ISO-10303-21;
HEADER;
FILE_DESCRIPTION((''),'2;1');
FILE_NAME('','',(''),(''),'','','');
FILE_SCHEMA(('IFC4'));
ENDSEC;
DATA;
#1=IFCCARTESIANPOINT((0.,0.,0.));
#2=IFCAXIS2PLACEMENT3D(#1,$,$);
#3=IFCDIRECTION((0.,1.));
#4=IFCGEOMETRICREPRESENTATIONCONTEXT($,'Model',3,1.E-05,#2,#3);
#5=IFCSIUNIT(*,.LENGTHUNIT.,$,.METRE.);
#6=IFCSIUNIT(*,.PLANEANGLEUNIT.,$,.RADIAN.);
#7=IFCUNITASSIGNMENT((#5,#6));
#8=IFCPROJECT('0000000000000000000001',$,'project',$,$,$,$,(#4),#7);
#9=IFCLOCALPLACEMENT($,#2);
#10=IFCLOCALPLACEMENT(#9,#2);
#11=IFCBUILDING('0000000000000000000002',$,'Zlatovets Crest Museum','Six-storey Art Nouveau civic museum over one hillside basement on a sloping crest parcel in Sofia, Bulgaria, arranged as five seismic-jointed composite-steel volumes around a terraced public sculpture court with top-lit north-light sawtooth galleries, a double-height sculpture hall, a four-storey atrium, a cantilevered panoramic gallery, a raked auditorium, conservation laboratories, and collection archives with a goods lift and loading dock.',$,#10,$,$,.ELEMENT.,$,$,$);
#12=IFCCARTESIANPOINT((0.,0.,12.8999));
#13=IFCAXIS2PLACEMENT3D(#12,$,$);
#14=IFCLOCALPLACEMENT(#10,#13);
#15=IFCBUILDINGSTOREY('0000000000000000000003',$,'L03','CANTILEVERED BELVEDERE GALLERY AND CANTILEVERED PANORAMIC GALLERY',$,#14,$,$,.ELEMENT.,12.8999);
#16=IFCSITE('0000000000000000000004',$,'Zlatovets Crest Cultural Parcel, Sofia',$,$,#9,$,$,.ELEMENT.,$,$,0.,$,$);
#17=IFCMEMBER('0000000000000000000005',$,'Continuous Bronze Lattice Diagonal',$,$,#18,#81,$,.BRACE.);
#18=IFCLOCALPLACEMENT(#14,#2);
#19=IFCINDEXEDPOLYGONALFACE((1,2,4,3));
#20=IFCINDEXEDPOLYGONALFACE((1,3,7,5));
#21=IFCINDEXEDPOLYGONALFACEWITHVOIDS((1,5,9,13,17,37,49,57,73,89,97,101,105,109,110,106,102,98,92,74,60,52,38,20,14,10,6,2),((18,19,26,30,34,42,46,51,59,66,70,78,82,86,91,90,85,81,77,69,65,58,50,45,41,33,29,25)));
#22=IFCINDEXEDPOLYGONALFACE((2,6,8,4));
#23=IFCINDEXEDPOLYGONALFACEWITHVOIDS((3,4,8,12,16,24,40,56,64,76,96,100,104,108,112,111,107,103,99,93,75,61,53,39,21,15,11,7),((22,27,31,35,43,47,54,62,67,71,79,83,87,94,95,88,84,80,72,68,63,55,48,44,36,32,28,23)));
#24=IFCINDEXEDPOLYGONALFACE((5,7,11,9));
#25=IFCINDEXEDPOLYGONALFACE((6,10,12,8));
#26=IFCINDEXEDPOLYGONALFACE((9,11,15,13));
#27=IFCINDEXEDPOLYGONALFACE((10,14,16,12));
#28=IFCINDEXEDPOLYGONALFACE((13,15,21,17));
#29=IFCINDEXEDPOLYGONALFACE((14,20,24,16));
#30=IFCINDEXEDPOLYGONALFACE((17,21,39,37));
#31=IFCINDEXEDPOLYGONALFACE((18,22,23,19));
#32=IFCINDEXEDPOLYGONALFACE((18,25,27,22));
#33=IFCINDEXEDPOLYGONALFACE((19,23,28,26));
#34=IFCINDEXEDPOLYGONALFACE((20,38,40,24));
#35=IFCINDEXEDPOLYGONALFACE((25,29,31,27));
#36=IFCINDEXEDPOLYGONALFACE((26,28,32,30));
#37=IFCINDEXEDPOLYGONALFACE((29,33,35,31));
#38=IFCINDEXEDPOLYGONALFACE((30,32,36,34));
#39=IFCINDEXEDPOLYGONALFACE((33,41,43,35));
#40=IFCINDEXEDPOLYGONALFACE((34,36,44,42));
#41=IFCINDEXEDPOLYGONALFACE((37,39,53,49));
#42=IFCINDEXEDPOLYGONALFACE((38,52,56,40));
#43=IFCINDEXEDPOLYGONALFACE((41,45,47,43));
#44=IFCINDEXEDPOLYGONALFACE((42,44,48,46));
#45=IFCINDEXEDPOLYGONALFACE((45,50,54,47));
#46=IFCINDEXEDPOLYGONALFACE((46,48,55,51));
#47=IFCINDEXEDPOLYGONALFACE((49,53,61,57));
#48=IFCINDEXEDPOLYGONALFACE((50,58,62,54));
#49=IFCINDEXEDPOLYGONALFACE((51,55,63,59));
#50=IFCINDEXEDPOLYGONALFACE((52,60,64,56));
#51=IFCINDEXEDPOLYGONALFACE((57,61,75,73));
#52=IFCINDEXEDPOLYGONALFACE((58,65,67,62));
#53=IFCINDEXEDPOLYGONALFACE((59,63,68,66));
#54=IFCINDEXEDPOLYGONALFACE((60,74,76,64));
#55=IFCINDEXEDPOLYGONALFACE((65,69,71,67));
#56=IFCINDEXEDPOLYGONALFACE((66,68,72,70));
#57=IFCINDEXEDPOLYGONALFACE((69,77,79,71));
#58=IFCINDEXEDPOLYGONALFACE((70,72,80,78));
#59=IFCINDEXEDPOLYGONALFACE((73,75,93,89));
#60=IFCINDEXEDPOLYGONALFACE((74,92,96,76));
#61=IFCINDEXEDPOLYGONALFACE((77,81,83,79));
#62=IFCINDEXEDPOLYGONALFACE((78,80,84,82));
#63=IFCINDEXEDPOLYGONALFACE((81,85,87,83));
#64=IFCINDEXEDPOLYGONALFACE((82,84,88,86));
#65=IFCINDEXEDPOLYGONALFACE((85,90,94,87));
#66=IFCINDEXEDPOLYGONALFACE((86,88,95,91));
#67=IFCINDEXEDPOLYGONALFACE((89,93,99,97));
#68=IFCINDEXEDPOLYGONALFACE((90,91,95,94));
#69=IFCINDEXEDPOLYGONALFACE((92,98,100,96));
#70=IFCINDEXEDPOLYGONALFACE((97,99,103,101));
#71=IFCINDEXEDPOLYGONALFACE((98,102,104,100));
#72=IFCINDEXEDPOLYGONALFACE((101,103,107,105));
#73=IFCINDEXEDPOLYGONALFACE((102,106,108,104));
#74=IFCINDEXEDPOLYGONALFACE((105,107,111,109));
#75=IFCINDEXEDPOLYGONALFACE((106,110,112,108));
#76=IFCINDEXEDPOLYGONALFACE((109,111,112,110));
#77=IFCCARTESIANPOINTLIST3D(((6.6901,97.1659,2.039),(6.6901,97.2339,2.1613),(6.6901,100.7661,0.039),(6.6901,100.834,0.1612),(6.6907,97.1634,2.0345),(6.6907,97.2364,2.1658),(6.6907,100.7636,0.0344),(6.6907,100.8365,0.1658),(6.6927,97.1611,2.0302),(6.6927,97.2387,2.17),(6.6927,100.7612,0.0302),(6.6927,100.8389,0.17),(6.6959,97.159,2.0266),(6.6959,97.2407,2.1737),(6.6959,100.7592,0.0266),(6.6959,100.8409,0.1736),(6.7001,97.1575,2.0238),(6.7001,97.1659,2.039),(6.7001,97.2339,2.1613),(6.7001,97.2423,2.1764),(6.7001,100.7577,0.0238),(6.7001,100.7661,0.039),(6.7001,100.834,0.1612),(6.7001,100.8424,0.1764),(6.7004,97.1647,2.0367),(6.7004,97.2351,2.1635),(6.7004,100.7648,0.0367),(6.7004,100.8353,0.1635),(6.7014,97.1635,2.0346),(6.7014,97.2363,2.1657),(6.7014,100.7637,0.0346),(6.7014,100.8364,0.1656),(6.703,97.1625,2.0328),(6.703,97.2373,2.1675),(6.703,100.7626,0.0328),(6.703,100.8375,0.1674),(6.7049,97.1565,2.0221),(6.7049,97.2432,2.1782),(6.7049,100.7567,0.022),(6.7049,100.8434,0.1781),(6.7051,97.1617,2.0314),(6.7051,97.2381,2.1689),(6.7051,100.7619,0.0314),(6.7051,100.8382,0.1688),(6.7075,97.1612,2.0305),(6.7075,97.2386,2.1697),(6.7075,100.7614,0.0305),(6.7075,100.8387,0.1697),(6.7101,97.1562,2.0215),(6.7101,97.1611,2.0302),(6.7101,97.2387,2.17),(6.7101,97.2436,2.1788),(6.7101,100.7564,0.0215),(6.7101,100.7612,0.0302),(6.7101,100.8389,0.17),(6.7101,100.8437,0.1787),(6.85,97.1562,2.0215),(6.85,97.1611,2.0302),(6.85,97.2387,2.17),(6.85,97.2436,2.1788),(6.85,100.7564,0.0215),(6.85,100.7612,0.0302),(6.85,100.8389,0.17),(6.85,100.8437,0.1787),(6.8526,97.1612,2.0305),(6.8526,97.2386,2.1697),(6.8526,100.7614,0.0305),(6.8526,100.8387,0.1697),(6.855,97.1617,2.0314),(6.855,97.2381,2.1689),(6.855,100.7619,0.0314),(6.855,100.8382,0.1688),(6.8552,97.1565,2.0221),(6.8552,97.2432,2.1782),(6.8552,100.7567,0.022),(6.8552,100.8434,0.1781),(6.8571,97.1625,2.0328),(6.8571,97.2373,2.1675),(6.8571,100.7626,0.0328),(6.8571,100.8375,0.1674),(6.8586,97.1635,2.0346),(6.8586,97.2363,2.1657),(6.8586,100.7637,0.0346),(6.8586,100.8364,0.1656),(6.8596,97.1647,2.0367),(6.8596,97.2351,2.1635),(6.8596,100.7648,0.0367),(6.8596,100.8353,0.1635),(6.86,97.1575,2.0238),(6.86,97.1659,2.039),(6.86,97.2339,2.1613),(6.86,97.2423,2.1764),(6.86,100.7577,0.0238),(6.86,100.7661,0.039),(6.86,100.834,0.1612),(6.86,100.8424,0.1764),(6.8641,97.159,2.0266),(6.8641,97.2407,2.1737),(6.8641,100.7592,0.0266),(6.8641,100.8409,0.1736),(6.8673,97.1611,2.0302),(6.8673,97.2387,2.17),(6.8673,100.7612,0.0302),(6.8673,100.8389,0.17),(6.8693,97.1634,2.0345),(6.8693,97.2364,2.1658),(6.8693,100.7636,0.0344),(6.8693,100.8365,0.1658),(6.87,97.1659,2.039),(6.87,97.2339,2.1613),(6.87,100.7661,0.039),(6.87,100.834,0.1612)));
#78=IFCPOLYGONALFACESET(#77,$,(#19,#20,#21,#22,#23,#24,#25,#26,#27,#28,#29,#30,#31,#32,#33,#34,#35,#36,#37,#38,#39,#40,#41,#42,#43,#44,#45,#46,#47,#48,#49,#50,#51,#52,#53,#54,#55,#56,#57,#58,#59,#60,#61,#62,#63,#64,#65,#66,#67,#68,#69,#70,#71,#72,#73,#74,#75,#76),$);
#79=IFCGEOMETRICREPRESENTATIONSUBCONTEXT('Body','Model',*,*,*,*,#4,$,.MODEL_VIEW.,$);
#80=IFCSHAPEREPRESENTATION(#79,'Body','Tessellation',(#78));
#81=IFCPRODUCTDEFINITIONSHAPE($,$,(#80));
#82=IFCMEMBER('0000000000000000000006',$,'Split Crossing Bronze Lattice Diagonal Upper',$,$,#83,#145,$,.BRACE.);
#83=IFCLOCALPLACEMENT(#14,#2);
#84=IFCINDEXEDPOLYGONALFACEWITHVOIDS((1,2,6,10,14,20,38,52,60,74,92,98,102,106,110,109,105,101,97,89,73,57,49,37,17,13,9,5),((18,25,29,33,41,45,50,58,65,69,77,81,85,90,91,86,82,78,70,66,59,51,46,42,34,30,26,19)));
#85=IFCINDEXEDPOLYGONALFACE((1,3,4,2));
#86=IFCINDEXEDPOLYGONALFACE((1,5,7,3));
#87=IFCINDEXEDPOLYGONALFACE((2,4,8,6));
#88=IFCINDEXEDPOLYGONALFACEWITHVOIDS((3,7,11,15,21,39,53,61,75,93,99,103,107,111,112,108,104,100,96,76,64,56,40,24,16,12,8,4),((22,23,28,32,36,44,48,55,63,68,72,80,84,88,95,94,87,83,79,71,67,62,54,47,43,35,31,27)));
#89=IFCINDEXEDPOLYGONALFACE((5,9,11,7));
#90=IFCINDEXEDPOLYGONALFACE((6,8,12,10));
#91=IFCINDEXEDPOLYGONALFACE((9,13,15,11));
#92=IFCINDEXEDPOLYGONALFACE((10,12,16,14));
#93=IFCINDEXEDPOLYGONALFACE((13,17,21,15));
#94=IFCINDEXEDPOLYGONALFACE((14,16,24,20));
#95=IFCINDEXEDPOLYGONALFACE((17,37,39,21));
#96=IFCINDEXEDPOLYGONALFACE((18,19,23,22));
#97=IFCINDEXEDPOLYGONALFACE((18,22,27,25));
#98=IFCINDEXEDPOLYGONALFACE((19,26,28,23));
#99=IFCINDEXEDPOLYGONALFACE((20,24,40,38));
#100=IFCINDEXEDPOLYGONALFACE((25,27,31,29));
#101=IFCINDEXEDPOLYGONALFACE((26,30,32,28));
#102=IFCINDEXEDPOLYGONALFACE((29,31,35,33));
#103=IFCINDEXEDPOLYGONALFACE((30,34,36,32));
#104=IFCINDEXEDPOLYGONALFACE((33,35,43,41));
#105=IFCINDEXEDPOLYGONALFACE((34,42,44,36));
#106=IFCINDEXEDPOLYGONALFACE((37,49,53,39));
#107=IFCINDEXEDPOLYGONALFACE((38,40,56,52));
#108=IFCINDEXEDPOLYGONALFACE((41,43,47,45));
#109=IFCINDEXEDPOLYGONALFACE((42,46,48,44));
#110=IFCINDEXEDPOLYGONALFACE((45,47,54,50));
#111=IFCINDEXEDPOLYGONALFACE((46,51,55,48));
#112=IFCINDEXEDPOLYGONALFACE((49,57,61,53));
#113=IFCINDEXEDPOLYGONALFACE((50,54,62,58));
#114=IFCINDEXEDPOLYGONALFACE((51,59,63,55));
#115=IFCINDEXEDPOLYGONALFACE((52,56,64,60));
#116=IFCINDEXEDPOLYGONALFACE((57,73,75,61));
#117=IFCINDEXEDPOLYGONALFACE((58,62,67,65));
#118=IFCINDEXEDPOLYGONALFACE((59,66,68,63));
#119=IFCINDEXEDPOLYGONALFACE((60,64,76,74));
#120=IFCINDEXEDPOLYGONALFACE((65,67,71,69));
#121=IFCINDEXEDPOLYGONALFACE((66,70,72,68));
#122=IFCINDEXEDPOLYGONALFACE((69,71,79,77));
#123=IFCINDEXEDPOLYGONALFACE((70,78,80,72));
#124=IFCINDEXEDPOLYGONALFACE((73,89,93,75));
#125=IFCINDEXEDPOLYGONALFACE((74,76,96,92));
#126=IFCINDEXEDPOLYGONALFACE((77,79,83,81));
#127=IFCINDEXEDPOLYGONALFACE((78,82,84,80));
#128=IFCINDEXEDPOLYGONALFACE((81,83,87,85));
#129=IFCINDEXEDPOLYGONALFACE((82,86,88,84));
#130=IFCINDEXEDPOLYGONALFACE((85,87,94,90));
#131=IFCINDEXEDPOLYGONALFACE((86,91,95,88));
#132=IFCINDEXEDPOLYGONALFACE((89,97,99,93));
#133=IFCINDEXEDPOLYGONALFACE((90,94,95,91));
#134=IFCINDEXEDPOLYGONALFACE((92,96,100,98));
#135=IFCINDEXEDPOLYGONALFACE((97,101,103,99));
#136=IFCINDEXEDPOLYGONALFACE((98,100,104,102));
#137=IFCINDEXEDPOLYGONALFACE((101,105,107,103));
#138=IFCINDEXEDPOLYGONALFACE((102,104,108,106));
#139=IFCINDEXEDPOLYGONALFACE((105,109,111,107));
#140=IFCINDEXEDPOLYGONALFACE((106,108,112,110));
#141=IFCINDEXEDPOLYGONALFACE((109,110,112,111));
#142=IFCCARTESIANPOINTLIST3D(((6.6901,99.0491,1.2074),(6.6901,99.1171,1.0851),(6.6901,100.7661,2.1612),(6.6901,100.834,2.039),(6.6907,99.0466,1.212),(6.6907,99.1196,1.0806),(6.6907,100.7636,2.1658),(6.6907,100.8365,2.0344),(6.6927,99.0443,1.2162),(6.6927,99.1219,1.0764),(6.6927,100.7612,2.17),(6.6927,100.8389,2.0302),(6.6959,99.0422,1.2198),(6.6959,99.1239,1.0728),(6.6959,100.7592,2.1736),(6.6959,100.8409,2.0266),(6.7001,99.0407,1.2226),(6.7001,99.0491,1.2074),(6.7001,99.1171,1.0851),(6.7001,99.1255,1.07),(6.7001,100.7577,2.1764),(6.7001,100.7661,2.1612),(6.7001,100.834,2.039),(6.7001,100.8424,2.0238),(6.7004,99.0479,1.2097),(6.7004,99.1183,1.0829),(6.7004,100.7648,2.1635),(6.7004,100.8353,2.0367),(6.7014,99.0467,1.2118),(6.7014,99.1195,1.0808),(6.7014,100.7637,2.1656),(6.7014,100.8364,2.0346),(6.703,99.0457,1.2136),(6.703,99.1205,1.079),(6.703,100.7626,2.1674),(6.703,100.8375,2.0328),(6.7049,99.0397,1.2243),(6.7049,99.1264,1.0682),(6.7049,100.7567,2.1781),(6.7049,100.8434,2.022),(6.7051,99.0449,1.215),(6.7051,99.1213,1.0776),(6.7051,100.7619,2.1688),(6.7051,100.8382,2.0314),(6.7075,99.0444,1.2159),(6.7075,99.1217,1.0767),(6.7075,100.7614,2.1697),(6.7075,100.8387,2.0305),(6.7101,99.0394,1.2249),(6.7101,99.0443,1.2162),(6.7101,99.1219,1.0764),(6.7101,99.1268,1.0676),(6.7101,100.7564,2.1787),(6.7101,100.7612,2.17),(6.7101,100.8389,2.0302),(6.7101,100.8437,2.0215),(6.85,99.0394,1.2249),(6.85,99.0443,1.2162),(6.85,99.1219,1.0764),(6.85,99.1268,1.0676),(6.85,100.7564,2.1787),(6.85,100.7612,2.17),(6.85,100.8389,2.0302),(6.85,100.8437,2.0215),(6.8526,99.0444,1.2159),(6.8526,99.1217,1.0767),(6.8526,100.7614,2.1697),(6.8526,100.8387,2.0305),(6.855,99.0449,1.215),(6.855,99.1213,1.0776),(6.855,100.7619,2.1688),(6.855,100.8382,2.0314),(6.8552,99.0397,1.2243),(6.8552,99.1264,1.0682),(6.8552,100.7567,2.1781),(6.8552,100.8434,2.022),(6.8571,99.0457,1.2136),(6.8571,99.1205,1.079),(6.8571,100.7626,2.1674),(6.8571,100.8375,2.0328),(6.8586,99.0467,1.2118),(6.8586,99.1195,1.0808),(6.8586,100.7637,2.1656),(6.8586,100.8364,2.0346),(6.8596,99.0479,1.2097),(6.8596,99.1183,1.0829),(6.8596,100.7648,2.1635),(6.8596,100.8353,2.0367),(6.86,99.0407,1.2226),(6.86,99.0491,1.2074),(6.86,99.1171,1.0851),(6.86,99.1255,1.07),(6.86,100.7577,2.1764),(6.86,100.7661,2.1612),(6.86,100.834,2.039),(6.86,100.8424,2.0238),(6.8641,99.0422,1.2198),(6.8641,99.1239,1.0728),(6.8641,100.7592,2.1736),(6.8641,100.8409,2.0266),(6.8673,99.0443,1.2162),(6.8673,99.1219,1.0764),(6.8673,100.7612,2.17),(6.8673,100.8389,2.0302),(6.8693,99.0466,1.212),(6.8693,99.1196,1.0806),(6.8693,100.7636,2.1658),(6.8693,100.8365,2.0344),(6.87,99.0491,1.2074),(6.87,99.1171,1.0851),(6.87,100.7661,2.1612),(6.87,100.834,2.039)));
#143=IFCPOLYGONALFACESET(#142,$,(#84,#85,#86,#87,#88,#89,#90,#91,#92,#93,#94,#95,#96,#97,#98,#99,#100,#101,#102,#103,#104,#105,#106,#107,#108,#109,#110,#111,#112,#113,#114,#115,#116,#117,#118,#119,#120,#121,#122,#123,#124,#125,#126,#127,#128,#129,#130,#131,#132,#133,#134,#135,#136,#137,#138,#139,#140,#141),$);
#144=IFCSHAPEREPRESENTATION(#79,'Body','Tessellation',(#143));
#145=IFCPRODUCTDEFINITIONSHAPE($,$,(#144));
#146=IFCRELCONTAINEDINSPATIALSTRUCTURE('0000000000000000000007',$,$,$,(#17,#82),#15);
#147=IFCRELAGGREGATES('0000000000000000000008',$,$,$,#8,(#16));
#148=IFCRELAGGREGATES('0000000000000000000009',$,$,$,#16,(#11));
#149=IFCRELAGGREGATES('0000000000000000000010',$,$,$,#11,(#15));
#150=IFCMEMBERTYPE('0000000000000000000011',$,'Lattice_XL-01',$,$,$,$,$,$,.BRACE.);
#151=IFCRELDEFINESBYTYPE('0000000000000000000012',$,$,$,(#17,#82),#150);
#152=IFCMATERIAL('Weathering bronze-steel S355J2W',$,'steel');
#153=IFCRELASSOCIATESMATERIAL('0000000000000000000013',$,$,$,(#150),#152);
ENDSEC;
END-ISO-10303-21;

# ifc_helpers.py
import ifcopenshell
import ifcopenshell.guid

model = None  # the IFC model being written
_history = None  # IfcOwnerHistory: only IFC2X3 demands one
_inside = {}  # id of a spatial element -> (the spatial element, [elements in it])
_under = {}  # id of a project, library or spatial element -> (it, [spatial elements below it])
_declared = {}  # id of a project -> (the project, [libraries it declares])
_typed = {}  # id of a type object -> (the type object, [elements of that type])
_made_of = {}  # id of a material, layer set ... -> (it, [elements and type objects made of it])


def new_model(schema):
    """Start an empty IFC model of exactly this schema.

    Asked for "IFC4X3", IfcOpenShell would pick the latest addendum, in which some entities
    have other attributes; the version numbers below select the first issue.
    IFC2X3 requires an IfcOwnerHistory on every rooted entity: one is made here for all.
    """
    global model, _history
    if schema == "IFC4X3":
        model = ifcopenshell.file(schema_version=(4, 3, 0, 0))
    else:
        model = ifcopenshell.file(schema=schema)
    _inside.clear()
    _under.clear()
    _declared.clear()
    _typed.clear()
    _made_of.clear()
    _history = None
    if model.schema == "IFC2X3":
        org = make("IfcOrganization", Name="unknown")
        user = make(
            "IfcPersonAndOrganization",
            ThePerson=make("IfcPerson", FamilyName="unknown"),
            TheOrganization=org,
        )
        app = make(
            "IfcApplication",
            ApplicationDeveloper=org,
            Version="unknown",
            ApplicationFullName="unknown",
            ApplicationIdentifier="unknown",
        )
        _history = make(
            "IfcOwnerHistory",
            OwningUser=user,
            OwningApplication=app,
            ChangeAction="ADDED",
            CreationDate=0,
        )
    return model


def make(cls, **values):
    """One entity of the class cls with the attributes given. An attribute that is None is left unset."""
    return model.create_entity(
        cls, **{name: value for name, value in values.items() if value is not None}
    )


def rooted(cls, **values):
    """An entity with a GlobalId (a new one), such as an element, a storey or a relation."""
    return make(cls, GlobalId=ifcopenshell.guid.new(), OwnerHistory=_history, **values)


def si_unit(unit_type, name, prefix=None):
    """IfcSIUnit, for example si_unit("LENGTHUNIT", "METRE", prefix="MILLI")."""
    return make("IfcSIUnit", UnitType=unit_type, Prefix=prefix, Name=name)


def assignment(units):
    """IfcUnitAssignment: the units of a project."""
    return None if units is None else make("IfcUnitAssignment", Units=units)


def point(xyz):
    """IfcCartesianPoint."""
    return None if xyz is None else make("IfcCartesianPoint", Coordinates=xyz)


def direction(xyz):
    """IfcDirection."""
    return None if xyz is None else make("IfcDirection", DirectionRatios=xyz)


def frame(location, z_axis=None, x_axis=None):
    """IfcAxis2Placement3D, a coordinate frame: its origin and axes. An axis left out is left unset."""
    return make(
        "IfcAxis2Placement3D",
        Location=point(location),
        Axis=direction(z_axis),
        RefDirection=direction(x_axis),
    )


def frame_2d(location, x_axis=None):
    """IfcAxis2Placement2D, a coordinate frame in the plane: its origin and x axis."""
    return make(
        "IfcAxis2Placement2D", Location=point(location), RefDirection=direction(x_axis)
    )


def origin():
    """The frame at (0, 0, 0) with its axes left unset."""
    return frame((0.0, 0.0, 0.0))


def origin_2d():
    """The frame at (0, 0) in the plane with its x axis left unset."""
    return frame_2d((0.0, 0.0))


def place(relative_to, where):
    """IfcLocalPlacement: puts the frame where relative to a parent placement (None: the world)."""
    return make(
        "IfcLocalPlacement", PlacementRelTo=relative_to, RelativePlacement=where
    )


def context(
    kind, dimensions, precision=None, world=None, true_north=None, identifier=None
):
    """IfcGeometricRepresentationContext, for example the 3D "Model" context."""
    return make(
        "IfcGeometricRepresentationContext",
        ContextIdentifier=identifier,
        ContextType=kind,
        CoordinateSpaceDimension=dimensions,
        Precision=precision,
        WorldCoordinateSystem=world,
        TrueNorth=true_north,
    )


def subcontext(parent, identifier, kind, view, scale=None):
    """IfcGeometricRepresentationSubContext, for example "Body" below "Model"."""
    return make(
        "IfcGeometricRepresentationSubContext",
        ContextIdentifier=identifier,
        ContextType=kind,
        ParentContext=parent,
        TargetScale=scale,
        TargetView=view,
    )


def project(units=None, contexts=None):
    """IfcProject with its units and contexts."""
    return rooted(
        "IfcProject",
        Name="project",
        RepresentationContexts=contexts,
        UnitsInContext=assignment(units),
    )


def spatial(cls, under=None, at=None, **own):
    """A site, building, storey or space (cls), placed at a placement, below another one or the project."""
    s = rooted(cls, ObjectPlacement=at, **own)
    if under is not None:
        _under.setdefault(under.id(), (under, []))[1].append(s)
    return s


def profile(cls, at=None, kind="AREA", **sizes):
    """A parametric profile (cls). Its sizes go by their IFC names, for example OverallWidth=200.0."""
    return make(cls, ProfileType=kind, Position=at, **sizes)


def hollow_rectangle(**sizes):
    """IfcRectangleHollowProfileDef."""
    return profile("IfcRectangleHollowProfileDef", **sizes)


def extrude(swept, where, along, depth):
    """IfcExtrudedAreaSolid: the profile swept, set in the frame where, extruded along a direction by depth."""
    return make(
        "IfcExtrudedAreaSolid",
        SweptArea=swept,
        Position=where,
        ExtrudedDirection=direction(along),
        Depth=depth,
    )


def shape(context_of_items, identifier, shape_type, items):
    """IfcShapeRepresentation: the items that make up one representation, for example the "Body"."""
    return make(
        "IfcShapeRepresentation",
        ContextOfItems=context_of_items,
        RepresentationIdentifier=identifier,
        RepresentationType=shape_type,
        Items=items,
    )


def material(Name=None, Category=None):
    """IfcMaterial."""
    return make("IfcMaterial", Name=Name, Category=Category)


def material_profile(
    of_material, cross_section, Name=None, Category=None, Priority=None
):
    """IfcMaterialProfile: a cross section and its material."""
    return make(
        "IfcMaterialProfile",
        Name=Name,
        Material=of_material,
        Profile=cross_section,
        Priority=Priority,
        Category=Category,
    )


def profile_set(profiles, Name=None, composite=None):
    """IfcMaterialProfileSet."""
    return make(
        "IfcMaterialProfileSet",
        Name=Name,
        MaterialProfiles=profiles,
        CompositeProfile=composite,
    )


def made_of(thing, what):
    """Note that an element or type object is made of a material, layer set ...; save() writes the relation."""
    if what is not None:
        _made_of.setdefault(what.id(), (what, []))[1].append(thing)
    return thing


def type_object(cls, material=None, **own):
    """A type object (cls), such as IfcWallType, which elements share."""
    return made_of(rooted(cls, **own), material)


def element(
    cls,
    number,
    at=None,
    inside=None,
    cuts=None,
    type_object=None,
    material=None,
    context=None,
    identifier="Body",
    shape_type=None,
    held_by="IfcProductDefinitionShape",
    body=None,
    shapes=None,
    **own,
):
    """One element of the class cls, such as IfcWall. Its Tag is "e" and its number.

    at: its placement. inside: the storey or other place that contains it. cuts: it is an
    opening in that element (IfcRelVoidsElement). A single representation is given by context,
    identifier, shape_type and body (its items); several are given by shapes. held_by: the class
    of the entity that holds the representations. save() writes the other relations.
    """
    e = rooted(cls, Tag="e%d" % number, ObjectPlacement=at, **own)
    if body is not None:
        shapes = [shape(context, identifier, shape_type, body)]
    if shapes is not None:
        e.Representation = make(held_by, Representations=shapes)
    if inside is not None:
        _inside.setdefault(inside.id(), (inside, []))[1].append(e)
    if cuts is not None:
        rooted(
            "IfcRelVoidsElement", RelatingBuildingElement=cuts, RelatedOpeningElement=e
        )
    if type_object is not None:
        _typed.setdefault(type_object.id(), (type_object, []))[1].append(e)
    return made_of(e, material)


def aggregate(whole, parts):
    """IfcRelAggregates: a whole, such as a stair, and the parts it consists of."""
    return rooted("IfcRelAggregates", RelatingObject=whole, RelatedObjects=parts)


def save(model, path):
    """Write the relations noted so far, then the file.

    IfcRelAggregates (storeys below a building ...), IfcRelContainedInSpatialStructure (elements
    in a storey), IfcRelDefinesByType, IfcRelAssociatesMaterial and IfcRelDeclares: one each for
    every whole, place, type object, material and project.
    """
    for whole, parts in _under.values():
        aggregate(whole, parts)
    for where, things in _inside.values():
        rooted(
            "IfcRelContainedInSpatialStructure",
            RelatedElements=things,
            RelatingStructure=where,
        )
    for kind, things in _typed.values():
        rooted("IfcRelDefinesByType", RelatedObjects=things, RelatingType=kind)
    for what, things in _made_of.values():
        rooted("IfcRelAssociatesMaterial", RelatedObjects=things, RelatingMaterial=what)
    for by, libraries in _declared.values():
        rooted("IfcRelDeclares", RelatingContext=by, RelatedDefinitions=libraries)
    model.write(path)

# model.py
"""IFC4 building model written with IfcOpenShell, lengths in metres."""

from ifc_helpers import new_model, si_unit, direction, frame, origin, origin_2d, place, context, subcontext, project, spatial, hollow_rectangle, extrude, material, material_profile, profile_set, type_object, element, save


model = new_model("IFC4")

# Units and contexts
model_context = context("Model", 3, precision=1e-05, world=origin(), true_north=direction((0.0, 1.0)))
body_context = subcontext(model_context, "Body", "Model", "MODEL_VIEW")
ifc_project = project(units=[si_unit("LENGTHUNIT", "METRE"), si_unit("PLANEANGLEUNIT", "RADIAN")], contexts=[model_context])

# Site, building, storey
site_placement = place(None, origin())
site = spatial("IfcSite", under=ifc_project, at=site_placement, Name="Zlatovets Crest Cultural Parcel, Sofia", CompositionType="ELEMENT", RefElevation=0.0)
building_placement = place(site_placement, origin())
building = spatial("IfcBuilding", under=site, at=building_placement, Name="Zlatovets Crest Museum", Description="Six-storey Art Nouveau civic museum over one hillside basement on a sloping crest parcel in Sofia, Bulgaria, arranged as five seismic-jointed composite-steel volumes around a terraced public sculpture court with top-lit north-light sawtooth galleries, a double-height sculpture hall, a four-storey atrium, a cantilevered panoramic gallery, a raked auditorium, conservation laboratories, and collection archives with a goods lift and loading dock.", CompositionType="ELEMENT")
storey_placement = place(building_placement, frame((0.0, 0.0, 12.8999)))
storey = spatial("IfcBuildingStorey", under=building, at=storey_placement, Name="L03", Description="CANTILEVERED BELVEDERE GALLERY AND CANTILEVERED PANORAMIC GALLERY", CompositionType="ELEMENT", Elevation=12.8999)

# Members
ifc_material_1 = material(Name="Weathering bronze-steel S355J2W", Category="steel")
ifc_material_profile_1 = material_profile(ifc_material_1, hollow_rectangle(XDim=0.1799, YDim=0.1799, WallThickness=0.01, InnerFilletRadius=0.01, OuterFilletRadius=0.02, at=origin_2d()), Name="SHS 180x180x10.0")
ifc_profile_set_1 = profile_set([ifc_material_profile_1], Name="Weathering bronze-steel S355J2W")
member_type_1 = type_object("IfcMemberType", Name="Lattice_XL-01", PredefinedType="BRACE", material=ifc_profile_set_1)
member_1_placement = place(storey_placement, frame((6.78, 100.8, 0.1001), z_axis=(0.0, -0.874163, 0.485633), x_axis=(1.0, 0.0, 0.0)))
element("IfcMember", 1, at=member_1_placement, inside=storey, type_object=member_type_1, Name="Continuous Bronze Lattice Diagonal", PredefinedType="BRACE", context=body_context, shape_type="SweptSolid", body=[
    extrude(hollow_rectangle(XDim=0.1799, YDim=0.1799, WallThickness=0.01, InnerFilletRadius=0.01, OuterFilletRadius=0.02, at=origin_2d()), origin(), (0.0, 0.0, 1.0), 4.1184),
])
for number, where, z_axis, x_axis, name in (
    (2, (6.78, 100.8, 2.1001), (0.0, -0.874169, -0.485622), (1.0, 0.0, 0.0), "Split Crossing Bronze Lattice Diagonal Upper"),
):
    element("IfcMember", number, at=place(storey_placement, frame(where, z_axis=z_axis, x_axis=x_axis)), inside=storey, type_object=member_type_1, Name=name, PredefinedType="BRACE", context=body_context, shape_type="SweptSolid", body=[
        extrude(hollow_rectangle(XDim=0.1799, YDim=0.1799, WallThickness=0.01, InnerFilletRadius=0.01, OuterFilletRadius=0.02, at=origin_2d()), origin(), (0.0, 0.0, 1.0), 1.9641),
    ])

save(model, "model.ifc")
